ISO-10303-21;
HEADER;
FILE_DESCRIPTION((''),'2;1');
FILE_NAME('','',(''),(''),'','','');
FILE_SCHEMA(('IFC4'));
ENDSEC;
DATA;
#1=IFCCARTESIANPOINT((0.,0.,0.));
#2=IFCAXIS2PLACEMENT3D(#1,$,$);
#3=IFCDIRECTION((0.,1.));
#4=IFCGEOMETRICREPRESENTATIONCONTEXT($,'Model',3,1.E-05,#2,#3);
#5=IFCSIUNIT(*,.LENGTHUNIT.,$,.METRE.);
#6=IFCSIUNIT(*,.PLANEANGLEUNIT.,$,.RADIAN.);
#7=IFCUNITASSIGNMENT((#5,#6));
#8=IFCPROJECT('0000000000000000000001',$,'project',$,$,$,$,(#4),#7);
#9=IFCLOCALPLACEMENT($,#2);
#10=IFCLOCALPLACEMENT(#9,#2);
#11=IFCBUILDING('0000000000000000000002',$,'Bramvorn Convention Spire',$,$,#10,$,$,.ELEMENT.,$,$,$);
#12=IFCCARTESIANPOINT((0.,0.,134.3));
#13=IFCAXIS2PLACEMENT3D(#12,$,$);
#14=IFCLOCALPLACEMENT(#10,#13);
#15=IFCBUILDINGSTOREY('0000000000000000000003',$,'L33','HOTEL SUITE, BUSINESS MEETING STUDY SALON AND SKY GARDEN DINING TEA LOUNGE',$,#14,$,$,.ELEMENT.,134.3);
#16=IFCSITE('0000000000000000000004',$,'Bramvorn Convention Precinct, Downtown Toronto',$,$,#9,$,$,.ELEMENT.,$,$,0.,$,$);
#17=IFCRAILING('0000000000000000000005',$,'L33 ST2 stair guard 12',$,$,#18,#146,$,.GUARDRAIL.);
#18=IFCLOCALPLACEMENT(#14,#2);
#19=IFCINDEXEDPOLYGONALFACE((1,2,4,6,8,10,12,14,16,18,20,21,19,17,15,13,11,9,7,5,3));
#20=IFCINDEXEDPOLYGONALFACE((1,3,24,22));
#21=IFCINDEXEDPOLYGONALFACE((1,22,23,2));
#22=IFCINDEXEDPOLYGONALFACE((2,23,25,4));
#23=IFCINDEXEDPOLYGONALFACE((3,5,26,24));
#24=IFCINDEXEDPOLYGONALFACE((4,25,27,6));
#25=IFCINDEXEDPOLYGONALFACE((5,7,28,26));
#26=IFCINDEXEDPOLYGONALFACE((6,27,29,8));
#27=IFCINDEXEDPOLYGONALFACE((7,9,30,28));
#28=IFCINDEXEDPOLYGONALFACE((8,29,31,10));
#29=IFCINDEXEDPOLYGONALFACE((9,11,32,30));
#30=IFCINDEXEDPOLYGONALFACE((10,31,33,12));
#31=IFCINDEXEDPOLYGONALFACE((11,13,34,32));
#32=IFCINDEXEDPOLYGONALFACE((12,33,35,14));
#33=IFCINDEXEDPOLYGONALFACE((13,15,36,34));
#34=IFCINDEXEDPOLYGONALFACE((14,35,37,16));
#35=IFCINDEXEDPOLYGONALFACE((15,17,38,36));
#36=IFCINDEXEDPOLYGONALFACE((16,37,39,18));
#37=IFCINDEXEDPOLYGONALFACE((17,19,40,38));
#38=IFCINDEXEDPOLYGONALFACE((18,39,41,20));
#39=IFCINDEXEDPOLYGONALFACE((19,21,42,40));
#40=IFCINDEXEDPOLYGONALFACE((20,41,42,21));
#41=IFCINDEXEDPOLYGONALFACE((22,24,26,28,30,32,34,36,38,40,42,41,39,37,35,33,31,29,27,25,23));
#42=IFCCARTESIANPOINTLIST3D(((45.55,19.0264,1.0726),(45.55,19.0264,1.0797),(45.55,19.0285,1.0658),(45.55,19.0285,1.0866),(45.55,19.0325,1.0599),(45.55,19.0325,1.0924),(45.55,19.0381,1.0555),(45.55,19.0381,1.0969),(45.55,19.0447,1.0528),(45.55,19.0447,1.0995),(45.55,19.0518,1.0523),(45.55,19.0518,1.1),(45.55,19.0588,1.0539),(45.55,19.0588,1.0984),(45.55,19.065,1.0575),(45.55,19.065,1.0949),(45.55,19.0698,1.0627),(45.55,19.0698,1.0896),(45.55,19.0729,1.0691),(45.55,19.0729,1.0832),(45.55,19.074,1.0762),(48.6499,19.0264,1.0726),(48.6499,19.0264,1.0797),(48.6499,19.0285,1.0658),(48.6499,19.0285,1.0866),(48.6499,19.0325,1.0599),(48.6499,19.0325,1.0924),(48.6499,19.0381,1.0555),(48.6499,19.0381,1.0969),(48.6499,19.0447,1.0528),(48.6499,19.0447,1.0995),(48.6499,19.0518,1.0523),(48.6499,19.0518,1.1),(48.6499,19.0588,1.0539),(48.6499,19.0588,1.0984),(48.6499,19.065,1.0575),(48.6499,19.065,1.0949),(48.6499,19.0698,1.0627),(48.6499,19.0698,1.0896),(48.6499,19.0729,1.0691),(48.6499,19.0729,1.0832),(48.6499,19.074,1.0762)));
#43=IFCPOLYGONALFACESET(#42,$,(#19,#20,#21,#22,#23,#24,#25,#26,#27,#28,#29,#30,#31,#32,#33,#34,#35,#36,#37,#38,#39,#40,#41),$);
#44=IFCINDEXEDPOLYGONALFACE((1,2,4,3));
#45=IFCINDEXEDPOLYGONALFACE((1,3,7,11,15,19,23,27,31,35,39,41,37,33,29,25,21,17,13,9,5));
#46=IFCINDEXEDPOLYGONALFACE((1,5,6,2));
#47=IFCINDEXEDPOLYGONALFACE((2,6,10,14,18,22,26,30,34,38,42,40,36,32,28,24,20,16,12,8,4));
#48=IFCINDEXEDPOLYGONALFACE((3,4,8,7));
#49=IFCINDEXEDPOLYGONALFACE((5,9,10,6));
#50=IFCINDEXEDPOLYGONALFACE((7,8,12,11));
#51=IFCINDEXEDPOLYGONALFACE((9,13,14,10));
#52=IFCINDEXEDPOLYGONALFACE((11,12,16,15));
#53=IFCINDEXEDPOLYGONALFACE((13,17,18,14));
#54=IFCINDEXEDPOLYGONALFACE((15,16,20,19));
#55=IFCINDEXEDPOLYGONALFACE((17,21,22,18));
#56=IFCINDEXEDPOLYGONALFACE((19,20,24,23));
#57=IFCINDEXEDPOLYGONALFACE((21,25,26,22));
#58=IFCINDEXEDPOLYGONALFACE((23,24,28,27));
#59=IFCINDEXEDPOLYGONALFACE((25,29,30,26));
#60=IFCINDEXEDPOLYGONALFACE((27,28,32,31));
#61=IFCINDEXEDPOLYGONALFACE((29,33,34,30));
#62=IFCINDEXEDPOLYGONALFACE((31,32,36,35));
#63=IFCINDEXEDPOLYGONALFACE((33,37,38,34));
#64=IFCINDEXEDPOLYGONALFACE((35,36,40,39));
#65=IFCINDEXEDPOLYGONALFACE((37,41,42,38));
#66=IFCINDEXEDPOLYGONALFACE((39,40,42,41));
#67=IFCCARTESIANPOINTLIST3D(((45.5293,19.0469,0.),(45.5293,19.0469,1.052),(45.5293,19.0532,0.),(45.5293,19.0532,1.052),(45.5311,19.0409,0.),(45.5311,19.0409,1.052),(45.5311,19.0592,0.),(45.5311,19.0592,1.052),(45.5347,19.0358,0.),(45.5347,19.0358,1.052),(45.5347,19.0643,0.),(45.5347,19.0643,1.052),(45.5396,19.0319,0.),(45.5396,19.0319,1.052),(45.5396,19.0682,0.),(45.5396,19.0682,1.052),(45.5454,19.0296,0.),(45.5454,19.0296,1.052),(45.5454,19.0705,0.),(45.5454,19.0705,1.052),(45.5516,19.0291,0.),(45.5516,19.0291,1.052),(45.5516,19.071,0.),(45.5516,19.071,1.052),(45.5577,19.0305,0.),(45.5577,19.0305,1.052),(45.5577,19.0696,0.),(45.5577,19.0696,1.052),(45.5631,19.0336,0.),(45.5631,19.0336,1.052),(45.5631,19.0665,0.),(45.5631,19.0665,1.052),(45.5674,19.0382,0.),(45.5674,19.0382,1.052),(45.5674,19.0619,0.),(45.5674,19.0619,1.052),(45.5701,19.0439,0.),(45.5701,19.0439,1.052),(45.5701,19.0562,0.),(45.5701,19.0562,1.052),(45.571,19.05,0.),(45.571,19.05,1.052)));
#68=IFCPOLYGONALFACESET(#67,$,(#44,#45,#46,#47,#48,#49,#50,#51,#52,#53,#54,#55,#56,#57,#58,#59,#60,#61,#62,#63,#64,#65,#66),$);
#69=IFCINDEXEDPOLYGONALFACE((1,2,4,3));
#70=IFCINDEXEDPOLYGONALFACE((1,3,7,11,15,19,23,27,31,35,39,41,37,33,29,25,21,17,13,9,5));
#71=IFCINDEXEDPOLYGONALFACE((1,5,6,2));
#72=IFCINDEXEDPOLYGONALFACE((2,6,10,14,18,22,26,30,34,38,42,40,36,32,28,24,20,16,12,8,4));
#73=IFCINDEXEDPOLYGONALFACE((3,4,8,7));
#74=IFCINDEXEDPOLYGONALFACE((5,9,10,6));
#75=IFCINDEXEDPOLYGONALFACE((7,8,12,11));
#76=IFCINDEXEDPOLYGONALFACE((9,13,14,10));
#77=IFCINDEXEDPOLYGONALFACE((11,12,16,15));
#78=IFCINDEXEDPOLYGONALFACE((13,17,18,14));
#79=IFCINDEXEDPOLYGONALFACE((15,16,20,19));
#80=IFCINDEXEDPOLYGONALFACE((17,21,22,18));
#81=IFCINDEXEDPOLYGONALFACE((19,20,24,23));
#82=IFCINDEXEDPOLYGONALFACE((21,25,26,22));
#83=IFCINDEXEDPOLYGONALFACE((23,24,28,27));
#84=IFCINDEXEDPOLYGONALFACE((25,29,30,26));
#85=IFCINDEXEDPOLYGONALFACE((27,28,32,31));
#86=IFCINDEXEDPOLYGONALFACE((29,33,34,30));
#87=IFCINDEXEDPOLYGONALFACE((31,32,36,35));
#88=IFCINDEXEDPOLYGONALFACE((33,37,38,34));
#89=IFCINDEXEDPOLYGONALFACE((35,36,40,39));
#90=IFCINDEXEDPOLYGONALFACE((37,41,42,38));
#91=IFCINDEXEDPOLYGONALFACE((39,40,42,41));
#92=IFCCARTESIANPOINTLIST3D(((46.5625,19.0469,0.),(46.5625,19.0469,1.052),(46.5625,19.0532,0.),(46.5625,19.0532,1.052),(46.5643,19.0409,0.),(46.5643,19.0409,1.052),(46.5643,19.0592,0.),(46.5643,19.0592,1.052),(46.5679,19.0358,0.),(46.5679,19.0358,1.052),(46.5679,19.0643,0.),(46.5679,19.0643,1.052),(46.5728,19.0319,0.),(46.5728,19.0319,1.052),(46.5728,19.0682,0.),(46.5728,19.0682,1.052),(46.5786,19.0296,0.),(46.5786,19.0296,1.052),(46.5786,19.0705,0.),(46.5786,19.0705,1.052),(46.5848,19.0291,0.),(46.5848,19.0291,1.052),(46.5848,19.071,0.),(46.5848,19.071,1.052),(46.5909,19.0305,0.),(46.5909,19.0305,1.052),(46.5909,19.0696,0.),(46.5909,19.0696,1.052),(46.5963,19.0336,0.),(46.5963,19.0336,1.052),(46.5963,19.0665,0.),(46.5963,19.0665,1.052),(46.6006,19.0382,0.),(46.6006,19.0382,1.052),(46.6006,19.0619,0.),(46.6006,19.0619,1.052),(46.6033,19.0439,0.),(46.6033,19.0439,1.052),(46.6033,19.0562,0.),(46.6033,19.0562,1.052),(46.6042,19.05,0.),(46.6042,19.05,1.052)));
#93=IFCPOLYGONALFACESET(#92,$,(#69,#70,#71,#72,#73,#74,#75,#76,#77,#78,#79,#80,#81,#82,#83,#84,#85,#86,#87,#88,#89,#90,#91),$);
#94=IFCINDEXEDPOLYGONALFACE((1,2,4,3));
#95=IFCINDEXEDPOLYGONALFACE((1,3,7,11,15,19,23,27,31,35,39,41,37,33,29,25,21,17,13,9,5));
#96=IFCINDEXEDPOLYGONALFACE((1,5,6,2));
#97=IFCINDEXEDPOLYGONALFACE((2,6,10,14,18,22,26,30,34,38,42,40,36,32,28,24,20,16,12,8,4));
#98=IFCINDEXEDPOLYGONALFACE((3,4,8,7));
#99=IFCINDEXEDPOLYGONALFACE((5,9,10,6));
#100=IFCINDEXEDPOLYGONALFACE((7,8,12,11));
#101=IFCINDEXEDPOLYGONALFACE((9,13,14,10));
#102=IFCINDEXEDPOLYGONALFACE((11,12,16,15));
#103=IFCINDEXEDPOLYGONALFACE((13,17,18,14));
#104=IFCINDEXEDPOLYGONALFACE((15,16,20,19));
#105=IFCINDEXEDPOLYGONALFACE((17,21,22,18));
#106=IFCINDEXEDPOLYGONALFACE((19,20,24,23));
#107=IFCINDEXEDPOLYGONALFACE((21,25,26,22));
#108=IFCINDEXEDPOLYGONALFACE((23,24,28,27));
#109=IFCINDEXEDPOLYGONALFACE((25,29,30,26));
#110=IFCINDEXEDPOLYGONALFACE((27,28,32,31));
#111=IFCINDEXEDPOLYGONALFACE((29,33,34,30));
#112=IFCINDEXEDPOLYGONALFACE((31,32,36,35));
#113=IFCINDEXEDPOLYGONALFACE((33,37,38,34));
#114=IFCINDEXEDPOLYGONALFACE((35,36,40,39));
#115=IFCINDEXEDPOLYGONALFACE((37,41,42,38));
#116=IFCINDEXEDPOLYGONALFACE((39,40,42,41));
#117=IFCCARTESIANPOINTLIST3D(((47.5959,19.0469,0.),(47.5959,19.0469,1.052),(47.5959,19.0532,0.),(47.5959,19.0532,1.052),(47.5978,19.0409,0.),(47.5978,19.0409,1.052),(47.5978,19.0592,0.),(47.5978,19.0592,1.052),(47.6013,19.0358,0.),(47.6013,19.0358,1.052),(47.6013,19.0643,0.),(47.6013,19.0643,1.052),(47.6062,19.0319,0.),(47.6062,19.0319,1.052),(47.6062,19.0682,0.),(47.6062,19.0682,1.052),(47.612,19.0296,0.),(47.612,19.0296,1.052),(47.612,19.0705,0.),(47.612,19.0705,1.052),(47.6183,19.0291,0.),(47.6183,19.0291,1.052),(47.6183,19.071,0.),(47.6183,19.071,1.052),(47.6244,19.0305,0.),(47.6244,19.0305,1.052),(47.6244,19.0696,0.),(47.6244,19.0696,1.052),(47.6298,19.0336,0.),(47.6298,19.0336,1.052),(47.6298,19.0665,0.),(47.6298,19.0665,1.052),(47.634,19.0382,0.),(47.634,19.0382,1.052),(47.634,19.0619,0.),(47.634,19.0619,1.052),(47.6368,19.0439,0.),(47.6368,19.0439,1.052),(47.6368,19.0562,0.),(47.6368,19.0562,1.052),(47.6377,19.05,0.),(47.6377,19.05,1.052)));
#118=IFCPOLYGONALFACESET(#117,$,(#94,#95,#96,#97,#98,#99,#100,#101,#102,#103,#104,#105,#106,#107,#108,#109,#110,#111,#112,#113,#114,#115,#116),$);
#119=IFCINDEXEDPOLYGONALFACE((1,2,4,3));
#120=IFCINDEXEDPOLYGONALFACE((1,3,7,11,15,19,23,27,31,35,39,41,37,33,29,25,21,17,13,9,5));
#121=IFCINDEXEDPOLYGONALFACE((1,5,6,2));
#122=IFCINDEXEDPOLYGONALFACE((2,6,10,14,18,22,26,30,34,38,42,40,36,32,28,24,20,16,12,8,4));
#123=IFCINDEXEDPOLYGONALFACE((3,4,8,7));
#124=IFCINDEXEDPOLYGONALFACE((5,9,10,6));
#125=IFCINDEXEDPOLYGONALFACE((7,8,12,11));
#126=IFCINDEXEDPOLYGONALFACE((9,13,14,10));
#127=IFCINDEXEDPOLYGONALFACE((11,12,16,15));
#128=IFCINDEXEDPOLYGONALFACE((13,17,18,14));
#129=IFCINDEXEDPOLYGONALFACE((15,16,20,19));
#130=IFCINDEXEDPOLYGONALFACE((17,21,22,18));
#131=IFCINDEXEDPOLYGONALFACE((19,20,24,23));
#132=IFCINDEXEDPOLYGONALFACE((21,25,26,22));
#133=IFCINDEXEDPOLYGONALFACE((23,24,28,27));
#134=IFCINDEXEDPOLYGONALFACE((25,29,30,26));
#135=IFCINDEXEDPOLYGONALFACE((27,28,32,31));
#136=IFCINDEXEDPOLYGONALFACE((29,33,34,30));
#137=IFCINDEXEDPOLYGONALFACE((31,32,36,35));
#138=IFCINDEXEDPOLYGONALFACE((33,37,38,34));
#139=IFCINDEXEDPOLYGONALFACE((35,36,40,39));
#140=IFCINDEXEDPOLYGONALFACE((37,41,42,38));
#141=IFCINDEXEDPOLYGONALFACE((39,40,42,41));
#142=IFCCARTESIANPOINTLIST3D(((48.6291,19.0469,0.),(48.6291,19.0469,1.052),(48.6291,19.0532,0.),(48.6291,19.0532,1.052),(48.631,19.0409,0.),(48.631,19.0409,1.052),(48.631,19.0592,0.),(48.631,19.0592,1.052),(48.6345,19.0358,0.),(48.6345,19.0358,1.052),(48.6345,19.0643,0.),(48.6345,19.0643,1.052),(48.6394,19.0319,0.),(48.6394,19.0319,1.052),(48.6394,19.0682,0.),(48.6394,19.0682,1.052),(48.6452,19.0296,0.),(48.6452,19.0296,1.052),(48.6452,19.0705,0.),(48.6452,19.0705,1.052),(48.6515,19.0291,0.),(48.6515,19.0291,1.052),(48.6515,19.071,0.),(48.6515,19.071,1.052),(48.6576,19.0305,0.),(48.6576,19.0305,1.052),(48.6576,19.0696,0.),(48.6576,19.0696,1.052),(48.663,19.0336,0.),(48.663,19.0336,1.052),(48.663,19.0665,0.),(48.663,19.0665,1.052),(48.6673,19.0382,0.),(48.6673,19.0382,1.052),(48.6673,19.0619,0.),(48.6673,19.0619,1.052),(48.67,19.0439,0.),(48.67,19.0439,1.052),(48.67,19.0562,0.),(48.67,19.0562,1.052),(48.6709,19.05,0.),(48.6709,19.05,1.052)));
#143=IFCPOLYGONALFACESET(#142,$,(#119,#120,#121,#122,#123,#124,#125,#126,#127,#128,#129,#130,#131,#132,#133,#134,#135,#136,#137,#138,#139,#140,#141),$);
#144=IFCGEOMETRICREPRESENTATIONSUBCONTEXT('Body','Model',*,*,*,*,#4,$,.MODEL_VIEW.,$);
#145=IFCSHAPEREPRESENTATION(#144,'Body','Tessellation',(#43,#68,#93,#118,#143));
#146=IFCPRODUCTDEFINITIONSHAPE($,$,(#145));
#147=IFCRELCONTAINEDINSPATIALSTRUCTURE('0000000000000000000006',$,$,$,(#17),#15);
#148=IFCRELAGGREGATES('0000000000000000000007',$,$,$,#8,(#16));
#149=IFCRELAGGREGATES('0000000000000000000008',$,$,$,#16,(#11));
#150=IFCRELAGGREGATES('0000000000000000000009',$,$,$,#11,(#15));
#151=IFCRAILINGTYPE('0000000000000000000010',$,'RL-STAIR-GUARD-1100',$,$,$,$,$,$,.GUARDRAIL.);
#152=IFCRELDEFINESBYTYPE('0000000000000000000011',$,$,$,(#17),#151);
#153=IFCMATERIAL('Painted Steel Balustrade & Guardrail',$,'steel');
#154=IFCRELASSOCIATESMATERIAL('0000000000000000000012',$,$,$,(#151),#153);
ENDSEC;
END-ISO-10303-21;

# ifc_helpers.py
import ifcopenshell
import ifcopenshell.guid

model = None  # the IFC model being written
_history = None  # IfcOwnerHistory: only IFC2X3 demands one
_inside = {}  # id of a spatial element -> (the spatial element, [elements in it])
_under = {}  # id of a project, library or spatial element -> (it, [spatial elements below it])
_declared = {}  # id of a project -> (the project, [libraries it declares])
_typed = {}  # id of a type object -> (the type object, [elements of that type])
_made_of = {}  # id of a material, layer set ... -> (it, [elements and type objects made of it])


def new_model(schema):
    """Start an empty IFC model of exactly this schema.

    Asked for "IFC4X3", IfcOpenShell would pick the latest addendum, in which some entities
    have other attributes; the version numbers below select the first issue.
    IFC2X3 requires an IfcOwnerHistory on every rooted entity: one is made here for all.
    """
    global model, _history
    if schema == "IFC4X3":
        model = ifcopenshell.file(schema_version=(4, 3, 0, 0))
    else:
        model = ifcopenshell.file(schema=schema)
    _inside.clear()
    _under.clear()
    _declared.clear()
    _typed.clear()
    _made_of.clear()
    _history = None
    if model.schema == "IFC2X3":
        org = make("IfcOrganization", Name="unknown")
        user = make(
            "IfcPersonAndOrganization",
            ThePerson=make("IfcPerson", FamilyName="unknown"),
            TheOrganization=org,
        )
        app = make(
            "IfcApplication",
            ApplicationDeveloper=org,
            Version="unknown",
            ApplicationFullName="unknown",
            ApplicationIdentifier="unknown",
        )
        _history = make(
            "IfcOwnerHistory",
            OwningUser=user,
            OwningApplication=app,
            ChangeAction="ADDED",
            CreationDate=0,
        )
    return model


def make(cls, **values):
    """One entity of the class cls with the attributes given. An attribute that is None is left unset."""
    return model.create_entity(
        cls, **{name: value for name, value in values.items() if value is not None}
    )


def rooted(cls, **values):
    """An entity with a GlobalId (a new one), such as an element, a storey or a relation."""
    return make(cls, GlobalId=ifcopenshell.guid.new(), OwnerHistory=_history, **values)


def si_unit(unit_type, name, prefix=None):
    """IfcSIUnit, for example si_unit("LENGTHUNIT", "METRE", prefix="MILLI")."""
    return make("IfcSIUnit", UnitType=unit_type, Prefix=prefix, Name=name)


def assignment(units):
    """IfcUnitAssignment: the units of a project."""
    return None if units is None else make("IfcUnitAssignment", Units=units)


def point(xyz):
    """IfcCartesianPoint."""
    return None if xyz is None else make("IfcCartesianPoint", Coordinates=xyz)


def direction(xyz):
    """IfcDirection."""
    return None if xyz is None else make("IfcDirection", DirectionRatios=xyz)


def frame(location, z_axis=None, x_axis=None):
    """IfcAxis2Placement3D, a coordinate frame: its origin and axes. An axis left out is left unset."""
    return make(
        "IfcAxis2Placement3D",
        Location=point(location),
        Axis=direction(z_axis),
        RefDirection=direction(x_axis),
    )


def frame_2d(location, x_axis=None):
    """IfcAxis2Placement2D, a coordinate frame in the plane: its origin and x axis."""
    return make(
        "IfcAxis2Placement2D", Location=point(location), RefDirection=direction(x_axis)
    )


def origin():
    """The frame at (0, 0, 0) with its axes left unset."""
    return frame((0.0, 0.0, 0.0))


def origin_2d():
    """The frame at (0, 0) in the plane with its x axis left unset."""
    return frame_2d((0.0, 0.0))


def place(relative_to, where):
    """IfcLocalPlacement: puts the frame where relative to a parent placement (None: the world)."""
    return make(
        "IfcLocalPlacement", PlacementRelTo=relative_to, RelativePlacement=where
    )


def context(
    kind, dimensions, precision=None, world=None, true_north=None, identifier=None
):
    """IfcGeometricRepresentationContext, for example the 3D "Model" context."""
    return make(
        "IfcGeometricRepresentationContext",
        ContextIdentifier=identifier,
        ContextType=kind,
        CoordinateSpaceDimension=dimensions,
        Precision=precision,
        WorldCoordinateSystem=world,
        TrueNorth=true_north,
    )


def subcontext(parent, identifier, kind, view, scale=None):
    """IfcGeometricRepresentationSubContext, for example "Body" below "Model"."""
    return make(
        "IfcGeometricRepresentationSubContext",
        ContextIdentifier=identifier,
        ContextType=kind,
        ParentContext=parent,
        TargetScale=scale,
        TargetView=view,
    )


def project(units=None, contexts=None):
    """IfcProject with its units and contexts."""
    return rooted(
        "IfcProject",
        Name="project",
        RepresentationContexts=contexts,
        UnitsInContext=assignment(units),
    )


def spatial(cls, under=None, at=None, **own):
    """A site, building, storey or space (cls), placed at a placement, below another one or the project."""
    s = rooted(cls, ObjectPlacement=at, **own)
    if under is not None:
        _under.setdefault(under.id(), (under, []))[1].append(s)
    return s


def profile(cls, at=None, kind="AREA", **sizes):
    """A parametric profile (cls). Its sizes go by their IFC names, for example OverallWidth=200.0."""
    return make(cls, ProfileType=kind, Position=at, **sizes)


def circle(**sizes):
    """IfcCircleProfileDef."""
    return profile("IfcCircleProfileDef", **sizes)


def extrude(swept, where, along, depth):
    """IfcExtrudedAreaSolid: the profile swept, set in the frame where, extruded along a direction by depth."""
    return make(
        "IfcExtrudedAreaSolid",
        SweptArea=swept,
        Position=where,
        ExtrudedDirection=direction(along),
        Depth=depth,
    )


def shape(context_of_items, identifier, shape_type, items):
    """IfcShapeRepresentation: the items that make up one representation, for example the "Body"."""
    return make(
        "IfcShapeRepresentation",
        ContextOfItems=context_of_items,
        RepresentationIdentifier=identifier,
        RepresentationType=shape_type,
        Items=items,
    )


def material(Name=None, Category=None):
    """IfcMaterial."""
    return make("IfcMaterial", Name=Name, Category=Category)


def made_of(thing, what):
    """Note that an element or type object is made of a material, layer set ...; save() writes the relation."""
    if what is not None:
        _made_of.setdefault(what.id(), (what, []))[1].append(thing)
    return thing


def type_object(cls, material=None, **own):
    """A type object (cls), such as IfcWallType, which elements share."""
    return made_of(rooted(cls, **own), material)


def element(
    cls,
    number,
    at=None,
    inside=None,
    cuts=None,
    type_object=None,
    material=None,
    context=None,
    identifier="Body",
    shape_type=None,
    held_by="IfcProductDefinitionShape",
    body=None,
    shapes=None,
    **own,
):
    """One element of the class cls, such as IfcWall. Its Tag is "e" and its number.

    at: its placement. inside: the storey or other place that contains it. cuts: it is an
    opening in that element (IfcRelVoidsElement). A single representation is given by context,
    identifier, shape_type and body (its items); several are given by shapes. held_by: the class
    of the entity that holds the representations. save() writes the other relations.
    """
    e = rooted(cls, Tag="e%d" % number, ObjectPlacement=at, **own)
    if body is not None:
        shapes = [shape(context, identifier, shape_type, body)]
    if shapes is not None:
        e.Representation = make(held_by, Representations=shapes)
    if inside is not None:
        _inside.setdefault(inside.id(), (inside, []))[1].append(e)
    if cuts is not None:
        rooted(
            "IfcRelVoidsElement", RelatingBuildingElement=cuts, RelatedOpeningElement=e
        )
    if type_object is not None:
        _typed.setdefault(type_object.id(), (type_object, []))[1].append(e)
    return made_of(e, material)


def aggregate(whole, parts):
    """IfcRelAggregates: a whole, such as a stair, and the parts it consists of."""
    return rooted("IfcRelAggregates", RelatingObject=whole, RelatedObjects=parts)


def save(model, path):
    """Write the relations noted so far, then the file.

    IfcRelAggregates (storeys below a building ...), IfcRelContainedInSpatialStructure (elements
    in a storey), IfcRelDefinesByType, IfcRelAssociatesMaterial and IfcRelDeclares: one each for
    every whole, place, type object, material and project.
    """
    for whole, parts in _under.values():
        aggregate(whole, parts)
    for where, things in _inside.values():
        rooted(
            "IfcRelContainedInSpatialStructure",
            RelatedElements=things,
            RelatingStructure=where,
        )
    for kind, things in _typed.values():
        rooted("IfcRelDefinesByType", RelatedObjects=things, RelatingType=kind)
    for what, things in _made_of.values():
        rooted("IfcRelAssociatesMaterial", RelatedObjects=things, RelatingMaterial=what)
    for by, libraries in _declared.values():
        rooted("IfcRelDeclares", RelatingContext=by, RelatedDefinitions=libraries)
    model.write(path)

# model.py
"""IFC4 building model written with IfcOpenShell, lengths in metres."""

from ifc_helpers import new_model, si_unit, direction, frame, origin, origin_2d, place, context, subcontext, project, spatial, circle, extrude, material, type_object, element, save


model = new_model("IFC4")

# Units and contexts
model_context = context("Model", 3, precision=1e-05, world=origin(), true_north=direction((0.0, 1.0)))
body_context = subcontext(model_context, "Body", "Model", "MODEL_VIEW")
ifc_project = project(units=[si_unit("LENGTHUNIT", "METRE"), si_unit("PLANEANGLEUNIT", "RADIAN")], contexts=[model_context])

# Site, building, storey
site_placement = place(None, origin())
site = spatial("IfcSite", under=ifc_project, at=site_placement, Name="Bramvorn Convention Precinct, Downtown Toronto", CompositionType="ELEMENT", RefElevation=0.0)
building_placement = place(site_placement, origin())
building = spatial("IfcBuilding", under=site, at=building_placement, Name="Bramvorn Convention Spire", CompositionType="ELEMENT")
storey_placement = place(building_placement, frame((0.0, 0.0, 134.3)))
storey = spatial("IfcBuildingStorey", under=building, at=storey_placement, Name="L33", Description="HOTEL SUITE, BUSINESS MEETING STUDY SALON AND SKY GARDEN DINING TEA LOUNGE", CompositionType="ELEMENT", Elevation=134.3)

# Railing
ifc_material_1 = material(Name="Painted Steel Balustrade & Guardrail", Category="steel")
railing_type = type_object("IfcRailingType", Name="RL-STAIR-GUARD-1100", PredefinedType="GUARDRAIL", material=ifc_material_1)
railing_1_placement = place(storey_placement, frame((45.55, 19.05, 0.0)))
element("IfcRailing", 1, at=railing_1_placement, inside=storey, type_object=railing_type, Name="L33 ST2 stair guard 12", PredefinedType="GUARDRAIL", context=body_context, shape_type="SweptSolid", body=[
    extrude(circle(Radius=0.0239, at=origin_2d()), frame((0.0, 0.0, 1.0762), z_axis=(1.0, 0.0, 0.0), x_axis=(0.0, 1.0, 0.0)), (0.0, 0.0, 1.0), 3.0999),
    extrude(circle(Radius=0.021, at=origin_2d()), origin(), (0.0, 0.0, 1.0), 1.052),
    extrude(circle(Radius=0.021, at=origin_2d()), frame((1.0332, 0.0, 0.0)), (0.0, 0.0, 1.0), 1.052),
    extrude(circle(Radius=0.021, at=origin_2d()), frame((2.0667, 0.0, 0.0)), (0.0, 0.0, 1.0), 1.052),
    extrude(circle(Radius=0.021, at=origin_2d()), frame((3.0999, 0.0, 0.0)), (0.0, 0.0, 1.0), 1.052),
])

save(model, "model.ifc")
